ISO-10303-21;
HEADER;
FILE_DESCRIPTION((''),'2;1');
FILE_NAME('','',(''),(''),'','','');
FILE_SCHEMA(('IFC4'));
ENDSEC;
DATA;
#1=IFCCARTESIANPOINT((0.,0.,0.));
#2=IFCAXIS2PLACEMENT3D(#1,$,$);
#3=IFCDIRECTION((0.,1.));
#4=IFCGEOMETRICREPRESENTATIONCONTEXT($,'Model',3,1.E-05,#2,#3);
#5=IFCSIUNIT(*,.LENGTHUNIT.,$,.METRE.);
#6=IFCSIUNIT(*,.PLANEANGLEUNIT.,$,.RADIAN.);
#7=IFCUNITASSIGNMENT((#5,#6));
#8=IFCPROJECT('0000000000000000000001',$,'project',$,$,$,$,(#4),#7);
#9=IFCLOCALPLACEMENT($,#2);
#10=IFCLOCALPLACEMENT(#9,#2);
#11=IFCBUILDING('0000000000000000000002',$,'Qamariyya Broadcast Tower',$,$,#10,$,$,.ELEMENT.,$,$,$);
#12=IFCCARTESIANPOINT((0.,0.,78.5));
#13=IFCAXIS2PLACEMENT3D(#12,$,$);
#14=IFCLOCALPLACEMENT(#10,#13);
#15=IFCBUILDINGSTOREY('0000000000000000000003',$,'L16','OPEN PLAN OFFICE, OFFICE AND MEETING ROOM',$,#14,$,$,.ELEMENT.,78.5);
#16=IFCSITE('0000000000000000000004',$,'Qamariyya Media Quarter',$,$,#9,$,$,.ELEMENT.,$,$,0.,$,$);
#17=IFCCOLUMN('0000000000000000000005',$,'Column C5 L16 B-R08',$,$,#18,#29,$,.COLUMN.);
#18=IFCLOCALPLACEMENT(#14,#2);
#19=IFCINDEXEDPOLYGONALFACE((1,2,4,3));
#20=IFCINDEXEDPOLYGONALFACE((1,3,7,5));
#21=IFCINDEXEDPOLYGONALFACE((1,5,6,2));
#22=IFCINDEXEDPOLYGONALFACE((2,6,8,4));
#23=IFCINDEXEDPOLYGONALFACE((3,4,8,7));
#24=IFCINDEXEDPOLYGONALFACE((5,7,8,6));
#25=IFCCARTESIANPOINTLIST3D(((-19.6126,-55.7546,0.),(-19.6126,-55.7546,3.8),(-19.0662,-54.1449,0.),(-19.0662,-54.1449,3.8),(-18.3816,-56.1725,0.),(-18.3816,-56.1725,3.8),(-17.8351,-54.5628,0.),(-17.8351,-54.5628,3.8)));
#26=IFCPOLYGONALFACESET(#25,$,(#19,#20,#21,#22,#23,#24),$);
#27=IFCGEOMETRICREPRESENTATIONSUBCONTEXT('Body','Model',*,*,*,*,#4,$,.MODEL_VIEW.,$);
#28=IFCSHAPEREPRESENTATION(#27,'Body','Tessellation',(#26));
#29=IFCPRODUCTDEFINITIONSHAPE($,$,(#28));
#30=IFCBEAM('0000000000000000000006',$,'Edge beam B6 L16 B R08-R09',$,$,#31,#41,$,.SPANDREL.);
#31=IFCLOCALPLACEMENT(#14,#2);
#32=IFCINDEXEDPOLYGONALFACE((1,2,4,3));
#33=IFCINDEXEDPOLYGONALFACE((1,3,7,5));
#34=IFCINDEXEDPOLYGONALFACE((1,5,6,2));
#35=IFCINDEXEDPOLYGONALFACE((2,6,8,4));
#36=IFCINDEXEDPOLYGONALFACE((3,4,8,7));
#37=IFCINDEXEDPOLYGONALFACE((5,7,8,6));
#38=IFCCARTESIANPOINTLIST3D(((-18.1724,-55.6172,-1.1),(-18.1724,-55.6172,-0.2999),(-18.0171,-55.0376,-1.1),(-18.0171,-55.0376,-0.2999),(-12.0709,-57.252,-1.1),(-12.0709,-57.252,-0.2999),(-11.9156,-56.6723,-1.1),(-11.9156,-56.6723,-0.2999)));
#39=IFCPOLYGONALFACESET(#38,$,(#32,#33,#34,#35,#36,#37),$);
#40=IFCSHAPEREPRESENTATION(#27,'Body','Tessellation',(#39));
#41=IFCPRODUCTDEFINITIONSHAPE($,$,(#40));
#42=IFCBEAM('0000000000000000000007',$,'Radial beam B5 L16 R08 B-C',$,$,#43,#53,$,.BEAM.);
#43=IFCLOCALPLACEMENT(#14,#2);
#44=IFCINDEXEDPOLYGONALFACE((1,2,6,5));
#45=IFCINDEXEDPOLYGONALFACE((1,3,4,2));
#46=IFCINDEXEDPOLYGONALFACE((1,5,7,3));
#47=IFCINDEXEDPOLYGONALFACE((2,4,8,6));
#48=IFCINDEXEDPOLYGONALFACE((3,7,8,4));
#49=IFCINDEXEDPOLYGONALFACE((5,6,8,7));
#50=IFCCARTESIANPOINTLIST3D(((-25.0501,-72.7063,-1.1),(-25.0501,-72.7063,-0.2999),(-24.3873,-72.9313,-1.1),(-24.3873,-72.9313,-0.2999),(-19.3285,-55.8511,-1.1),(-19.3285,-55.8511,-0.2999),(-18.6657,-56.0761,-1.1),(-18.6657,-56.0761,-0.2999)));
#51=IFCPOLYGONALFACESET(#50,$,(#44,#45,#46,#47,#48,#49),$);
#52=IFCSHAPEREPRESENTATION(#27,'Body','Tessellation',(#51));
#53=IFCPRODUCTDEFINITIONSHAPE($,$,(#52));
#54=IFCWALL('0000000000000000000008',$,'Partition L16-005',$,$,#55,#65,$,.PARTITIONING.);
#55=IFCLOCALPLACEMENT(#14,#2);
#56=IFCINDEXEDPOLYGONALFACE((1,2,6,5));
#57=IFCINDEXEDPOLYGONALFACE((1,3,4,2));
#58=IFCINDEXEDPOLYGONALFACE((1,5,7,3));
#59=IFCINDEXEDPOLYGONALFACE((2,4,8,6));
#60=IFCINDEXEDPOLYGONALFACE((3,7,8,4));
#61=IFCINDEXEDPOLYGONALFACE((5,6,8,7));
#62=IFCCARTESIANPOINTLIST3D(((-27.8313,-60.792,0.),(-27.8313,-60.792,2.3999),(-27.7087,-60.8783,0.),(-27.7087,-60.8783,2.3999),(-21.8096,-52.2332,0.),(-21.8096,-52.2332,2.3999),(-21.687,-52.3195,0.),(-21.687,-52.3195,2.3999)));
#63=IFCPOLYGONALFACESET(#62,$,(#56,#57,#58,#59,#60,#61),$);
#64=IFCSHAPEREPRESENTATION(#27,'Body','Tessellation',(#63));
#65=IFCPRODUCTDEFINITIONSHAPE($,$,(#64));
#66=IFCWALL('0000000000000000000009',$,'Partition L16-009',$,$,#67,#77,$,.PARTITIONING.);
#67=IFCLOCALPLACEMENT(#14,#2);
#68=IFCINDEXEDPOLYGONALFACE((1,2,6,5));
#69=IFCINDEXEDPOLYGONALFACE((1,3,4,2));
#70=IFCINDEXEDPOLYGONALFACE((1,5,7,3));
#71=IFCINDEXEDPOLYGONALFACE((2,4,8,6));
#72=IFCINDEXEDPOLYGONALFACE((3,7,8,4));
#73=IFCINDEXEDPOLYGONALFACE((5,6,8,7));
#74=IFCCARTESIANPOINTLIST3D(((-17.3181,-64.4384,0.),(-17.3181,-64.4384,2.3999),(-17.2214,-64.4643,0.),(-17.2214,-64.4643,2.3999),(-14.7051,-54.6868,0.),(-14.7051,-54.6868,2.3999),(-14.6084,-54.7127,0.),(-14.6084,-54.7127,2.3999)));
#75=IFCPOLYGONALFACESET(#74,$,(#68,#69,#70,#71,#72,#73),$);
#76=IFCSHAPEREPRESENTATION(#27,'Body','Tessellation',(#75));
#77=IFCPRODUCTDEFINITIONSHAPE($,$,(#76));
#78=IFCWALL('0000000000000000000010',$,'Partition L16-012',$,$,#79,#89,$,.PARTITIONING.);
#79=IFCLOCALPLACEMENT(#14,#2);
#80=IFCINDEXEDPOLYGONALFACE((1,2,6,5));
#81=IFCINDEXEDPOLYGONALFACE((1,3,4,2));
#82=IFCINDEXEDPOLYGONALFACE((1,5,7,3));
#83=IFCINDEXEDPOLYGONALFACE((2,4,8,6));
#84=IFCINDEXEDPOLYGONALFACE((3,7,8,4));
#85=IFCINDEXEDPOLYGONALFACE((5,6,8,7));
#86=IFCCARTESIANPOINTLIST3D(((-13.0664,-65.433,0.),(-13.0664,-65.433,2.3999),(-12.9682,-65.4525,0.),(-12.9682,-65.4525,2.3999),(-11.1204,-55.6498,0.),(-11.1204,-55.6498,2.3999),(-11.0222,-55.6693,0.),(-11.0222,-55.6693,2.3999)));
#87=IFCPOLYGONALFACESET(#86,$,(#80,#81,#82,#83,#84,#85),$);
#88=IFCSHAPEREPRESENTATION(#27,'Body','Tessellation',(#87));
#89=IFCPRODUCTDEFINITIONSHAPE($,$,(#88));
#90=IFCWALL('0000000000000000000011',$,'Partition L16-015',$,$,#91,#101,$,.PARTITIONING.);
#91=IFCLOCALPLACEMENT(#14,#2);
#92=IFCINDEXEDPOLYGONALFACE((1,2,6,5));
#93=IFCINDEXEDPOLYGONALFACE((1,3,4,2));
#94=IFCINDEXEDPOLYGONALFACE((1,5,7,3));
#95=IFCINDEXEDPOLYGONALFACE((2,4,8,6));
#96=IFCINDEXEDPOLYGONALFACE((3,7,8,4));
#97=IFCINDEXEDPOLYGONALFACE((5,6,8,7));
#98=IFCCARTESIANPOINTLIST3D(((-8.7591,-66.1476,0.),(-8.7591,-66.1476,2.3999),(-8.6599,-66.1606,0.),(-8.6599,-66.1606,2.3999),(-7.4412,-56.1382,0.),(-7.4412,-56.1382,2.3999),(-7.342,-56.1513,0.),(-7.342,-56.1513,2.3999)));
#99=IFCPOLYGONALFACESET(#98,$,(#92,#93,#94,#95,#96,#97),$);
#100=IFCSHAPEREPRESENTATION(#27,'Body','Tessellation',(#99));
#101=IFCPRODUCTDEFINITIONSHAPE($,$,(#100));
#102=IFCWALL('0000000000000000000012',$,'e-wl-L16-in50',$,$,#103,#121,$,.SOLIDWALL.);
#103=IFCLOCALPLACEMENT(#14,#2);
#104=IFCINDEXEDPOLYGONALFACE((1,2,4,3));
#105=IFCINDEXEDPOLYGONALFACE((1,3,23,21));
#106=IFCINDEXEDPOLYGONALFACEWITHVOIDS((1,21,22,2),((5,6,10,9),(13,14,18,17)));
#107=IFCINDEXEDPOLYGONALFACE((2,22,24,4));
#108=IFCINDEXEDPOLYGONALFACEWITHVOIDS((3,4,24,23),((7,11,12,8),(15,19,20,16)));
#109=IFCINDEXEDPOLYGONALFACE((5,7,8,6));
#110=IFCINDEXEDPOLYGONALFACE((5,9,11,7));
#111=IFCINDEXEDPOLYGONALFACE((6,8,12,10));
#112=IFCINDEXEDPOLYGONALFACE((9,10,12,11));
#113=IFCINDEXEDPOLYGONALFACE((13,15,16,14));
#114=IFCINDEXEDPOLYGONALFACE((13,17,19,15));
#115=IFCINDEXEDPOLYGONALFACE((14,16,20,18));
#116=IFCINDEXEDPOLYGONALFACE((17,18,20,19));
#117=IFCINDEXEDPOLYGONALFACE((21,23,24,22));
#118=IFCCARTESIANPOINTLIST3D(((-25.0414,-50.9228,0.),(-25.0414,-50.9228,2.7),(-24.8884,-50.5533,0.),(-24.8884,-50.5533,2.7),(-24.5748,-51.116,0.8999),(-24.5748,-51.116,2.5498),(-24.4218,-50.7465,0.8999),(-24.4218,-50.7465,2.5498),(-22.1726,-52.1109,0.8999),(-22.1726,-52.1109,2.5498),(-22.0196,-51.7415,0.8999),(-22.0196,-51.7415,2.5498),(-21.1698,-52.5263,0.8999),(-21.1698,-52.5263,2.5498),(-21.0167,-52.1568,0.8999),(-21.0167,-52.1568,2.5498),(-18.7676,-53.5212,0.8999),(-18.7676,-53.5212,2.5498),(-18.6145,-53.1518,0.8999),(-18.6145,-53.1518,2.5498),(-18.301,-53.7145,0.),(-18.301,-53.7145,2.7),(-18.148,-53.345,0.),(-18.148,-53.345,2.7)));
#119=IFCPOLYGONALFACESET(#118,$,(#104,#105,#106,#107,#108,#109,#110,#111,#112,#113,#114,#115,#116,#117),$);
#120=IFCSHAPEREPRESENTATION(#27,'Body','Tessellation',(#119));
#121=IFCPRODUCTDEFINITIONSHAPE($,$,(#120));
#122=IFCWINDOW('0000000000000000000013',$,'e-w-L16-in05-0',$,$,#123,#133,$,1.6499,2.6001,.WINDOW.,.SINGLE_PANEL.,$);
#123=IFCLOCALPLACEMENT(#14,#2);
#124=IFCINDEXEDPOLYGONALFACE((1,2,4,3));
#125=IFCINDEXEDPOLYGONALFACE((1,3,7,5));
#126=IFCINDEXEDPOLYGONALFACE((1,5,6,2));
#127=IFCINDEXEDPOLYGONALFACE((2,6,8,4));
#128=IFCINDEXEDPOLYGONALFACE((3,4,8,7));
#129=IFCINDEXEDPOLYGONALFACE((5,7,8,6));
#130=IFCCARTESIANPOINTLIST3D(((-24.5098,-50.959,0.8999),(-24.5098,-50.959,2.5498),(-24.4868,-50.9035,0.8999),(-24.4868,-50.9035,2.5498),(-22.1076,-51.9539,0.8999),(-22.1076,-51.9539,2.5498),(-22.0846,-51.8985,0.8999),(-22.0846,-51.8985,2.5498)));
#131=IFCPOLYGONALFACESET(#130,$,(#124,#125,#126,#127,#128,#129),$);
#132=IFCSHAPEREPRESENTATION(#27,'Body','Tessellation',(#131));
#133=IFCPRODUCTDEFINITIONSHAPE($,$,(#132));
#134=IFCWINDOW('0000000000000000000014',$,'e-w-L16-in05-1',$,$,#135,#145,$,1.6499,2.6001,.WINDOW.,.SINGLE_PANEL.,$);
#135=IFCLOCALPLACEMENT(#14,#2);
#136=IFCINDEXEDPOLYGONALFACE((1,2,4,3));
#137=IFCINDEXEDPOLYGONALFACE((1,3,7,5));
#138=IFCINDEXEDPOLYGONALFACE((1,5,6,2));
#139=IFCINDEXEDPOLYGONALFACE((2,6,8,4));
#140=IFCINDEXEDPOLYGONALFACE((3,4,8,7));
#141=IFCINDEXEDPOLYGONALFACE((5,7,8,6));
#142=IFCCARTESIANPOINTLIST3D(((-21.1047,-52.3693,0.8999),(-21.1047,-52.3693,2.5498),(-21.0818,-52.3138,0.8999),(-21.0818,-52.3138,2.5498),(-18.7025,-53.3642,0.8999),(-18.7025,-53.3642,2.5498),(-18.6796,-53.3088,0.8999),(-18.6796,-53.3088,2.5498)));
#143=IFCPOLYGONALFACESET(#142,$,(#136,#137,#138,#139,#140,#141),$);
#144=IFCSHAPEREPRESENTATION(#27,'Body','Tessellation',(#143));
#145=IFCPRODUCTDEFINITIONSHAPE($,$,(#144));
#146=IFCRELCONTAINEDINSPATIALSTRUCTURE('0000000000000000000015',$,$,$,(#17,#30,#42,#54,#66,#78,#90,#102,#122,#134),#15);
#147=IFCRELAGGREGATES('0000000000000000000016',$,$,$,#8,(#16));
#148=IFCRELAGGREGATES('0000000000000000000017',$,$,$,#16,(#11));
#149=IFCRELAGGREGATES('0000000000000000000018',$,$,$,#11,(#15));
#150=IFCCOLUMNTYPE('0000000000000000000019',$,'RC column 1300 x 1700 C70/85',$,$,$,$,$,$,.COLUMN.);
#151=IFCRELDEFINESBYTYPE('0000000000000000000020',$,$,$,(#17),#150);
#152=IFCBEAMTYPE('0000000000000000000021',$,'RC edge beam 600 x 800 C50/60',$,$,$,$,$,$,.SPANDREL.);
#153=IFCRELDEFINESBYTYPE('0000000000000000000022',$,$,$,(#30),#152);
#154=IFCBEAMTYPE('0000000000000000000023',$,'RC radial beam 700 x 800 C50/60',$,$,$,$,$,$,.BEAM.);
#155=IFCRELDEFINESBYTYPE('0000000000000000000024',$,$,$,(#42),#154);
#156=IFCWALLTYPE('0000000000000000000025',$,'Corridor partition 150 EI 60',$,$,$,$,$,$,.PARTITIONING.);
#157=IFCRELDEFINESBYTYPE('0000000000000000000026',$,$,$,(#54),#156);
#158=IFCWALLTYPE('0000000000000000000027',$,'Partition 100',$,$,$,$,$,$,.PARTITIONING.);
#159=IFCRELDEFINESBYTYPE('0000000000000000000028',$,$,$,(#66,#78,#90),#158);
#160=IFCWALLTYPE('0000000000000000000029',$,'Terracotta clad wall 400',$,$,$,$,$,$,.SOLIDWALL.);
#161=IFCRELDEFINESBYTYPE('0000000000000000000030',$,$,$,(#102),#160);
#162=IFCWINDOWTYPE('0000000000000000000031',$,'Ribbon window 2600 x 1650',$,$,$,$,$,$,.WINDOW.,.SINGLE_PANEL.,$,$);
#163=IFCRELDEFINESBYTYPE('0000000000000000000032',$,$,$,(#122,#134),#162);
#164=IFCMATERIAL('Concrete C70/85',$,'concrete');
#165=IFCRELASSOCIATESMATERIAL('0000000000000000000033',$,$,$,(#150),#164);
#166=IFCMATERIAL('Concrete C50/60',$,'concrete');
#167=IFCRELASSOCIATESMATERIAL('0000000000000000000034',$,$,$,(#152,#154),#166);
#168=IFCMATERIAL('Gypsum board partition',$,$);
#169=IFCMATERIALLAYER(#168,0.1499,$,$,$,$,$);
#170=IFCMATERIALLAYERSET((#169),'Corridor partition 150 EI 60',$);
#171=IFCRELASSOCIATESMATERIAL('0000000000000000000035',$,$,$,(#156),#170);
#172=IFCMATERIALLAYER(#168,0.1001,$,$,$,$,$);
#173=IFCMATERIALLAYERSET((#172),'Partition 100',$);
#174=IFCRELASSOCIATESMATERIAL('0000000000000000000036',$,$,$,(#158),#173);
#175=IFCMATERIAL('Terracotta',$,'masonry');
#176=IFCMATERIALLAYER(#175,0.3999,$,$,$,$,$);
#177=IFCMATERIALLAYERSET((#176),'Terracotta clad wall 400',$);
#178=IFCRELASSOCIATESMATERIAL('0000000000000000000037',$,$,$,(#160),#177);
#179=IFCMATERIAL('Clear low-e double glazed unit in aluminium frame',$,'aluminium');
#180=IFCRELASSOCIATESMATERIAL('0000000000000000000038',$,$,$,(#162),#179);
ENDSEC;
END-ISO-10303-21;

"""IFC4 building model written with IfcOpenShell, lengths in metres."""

from ifc_helpers import new_model, si_unit, direction, frame, frame_2d, origin, origin_2d, place, context, subcontext, project, spatial, rectangle, extrude, material, layer, layer_set, material_profile, profile_set, type_object, element, fill, save


model = new_model("IFC4")

# Units and contexts
model_context = context("Model", 3, precision=1e-05, world=origin(), true_north=direction((0.0, 1.0)))
body_context = subcontext(model_context, "Body", "Model", "MODEL_VIEW")
ifc_project = project(units=[si_unit("LENGTHUNIT", "METRE"), si_unit("PLANEANGLEUNIT", "RADIAN")], contexts=[model_context])

# Site, building, storey
site_placement = place(None, origin())
site = spatial("IfcSite", under=ifc_project, at=site_placement, Name="Qamariyya Media Quarter", CompositionType="ELEMENT", RefElevation=0.0)
building_placement = place(site_placement, origin())
building = spatial("IfcBuilding", under=site, at=building_placement, Name="Qamariyya Broadcast Tower", CompositionType="ELEMENT")
storey_placement = place(building_placement, frame((0.0, 0.0, 78.5)))
storey = spatial("IfcBuildingStorey", under=building, at=storey_placement, Name="L16", Description="OPEN PLAN OFFICE, OFFICE AND MEETING ROOM", CompositionType="ELEMENT", Elevation=78.5)

# Column
ifc_material_1 = material(Name="Concrete C70/85", Category="concrete")
ifc_material_profile_1 = material_profile(ifc_material_1, rectangle(XDim=1.3, YDim=1.7, at=origin_2d()))
ifc_profile_set_1 = profile_set([ifc_material_profile_1], Name="Concrete C70/85")
column_type = type_object("IfcColumnType", Name="RC column 1300 x 1700 C70/85", PredefinedType="COLUMN", material=ifc_profile_set_1)
column_placement = place(storey_placement, frame((-18.7239, -55.1587, 0.0), z_axis=(0.0, 0.0, 1.0), x_axis=(0.94693, -0.321439, 0.0)))
element("IfcColumn", 1, at=column_placement, inside=storey, type_object=column_type, Name="Column C5 L16 B-R08", PredefinedType="COLUMN", context=body_context, shape_type="SweptSolid", body=[
    extrude(rectangle(XDim=1.3, YDim=1.7, at=origin_2d()), origin(), (0.0, 0.0, 1.0), 3.8),
])

# Beams
ifc_material_2 = material(Name="Concrete C50/60", Category="concrete")
ifc_material_profile_2 = material_profile(ifc_material_2, rectangle(XDim=0.6001, YDim=0.8, at=origin_2d()))
ifc_profile_set_2 = profile_set([ifc_material_profile_2], Name="Concrete C50/60")
beam_type_1 = type_object("IfcBeamType", Name="RC edge beam 600 x 800 C50/60", PredefinedType="SPANDREL", material=ifc_profile_set_2)
beam_1_placement = place(storey_placement, frame((-18.0947, -55.3274, -0.7), z_axis=(0.965931, -0.258798, 0.0), x_axis=(0.258798, 0.965931, 0.0)))
element("IfcBeam", 2, at=beam_1_placement, inside=storey, type_object=beam_type_1, Name="Edge beam B6 L16 B R08-R09", PredefinedType="SPANDREL", context=body_context, shape_type="SweptSolid", body=[
    extrude(rectangle(XDim=0.6001, YDim=0.8, at=origin_2d()), origin(), (0.0, 0.0, 1.0), 6.3167),
])
ifc_material_profile_3 = material_profile(ifc_material_2, rectangle(XDim=0.7, YDim=0.8, at=origin_2d()))
ifc_profile_set_3 = profile_set([ifc_material_profile_3], Name="Concrete C50/60")
beam_type_2 = type_object("IfcBeamType", Name="RC radial beam 700 x 800 C50/60", PredefinedType="BEAM", material=ifc_profile_set_3)
beam_2_placement = place(storey_placement, frame((-18.9971, -55.9636, -0.7), z_axis=(-0.321445, -0.946928, 0.0), x_axis=(0.946928, -0.321445, 0.0)))
element("IfcBeam", 3, at=beam_2_placement, inside=storey, type_object=beam_type_2, Name="Radial beam B5 L16 R08 B-C", PredefinedType="BEAM", context=body_context, shape_type="SweptSolid", body=[
    extrude(rectangle(XDim=0.7, YDim=0.8, at=origin_2d()), origin(), (0.0, 0.0, 1.0), 17.7998),
])

# Walls
ifc_material_3 = material(Name="Gypsum board partition")
ifc_layer_1 = layer(ifc_material_3, 0.1499)
ifc_layer_set_1 = layer_set([ifc_layer_1], Name="Corridor partition 150 EI 60")
wall_type_1 = type_object("IfcWallType", Name="Corridor partition 150 EI 60", PredefinedType="PARTITIONING", material=ifc_layer_set_1)
wall_1_placement = place(storey_placement, frame((-21.7483, -52.2764, 0.0), z_axis=(0.0, 0.0, 1.0), x_axis=(-0.575419, -0.817858, 0.0)))
element("IfcWall", 4, at=wall_1_placement, inside=storey, type_object=wall_type_1, Name="Partition L16-005", PredefinedType="PARTITIONING", context=body_context, shape_type="SweptSolid", body=[
    extrude(rectangle(XDim=10.4648, YDim=0.1499, at=frame_2d((5.2324, 0.0))), origin(), (0.0, 0.0, 1.0), 2.3999),
])
ifc_layer_2 = layer(ifc_material_3, 0.1001)
ifc_layer_set_2 = layer_set([ifc_layer_2], Name="Partition 100")
wall_type_2 = type_object("IfcWallType", Name="Partition 100", PredefinedType="PARTITIONING", material=ifc_layer_set_2)
wall_2_placement = place(storey_placement, frame((-14.6567, -54.6997, 0.0), z_axis=(0.0, 0.0, 1.0), x_axis=(-0.258826, -0.965924, 0.0)))
element("IfcWall", 5, at=wall_2_placement, inside=storey, type_object=wall_type_2, Name="Partition L16-009", PredefinedType="PARTITIONING", context=body_context, shape_type="SweptSolid", body=[
    extrude(rectangle(XDim=10.0957, YDim=0.1001, at=frame_2d((5.0479, 0.0))), origin(), (0.0, 0.0, 1.0), 2.3999),
])
wall_3_placement = place(storey_placement, frame((-11.0713, -55.6597, 0.0), z_axis=(0.0, 0.0, 1.0), x_axis=(-0.195095, -0.980784, 0.0)))
element("IfcWall", 6, at=wall_3_placement, inside=storey, type_object=wall_type_2, Name="Partition L16-012", PredefinedType="PARTITIONING", context=body_context, shape_type="SweptSolid", body=[
    extrude(rectangle(XDim=9.9749, YDim=0.1001, at=frame_2d((4.9873, 0.0))), origin(), (0.0, 0.0, 1.0), 2.3999),
])
wall_4_placement = place(storey_placement, frame((-7.3916, -56.1448, 0.0), z_axis=(0.0, 0.0, 1.0), x_axis=(-0.130538, -0.991443, 0.0)))
element("IfcWall", 7, at=wall_4_placement, inside=storey, type_object=wall_type_2, Name="Partition L16-015", PredefinedType="PARTITIONING", context=body_context, shape_type="SweptSolid", body=[
    extrude(rectangle(XDim=10.0957, YDim=0.1001, at=frame_2d((5.0479, 0.0))), origin(), (0.0, 0.0, 1.0), 2.3999),
])

# Wall, openings, windows
ifc_material_4 = material(Name="Terracotta", Category="masonry")
ifc_layer_3 = layer(ifc_material_4, 0.3999)
ifc_layer_set_3 = layer_set([ifc_layer_3], Name="Terracotta clad wall 400")
wall_type_3 = type_object("IfcWallType", Name="Terracotta clad wall 400", PredefinedType="SOLIDWALL", material=ifc_layer_set_3)
wall_5_placement = place(storey_placement, frame((-18.2244, -53.5298, 0.0), z_axis=(0.0, 0.0, 1.0), x_axis=(-0.923892, 0.382654, 0.0)))
wall_5 = element("IfcWall", 8, at=wall_5_placement, inside=storey, type_object=wall_type_3, Name="e-wl-L16-in50", PredefinedType="SOLIDWALL", context=body_context, shape_type="SweptSolid", body=[
    extrude(rectangle(XDim=7.2957, YDim=0.3999, at=frame_2d((3.6479, 0.0))), origin(), (0.0, 0.0, 1.0), 2.7),
])
opening_1_placement = place(wall_5_placement, frame((4.1907, 0.0, 0.8999)))
opening_1 = element("IfcOpeningElement", 9, at=opening_1_placement, cuts=wall_5, PredefinedType="OPENING", context=body_context, shape_type="SweptSolid", body=[
    extrude(rectangle(XDim=2.6001, YDim=1.6499, at=frame_2d((1.3, 0.825))), frame((0.0, 0.21, 0.0), z_axis=(0.0, -1.0, 0.0), x_axis=(1.0, 0.0, 0.0)), (0.0, 0.0, 1.0), 0.4199),
])
opening_2_placement = place(wall_5_placement, frame((0.5051, 0.0, 0.8999)))
opening_2 = element("IfcOpeningElement", 10, at=opening_2_placement, cuts=wall_5, PredefinedType="OPENING", context=body_context, shape_type="SweptSolid", body=[
    extrude(rectangle(XDim=2.6001, YDim=1.6499, at=frame_2d((1.3, 0.825))), frame((0.0, 0.21, 0.0), z_axis=(0.0, -1.0, 0.0), x_axis=(1.0, 0.0, 0.0)), (0.0, 0.0, 1.0), 0.4199),
])
ifc_material_5 = material(Name="Clear low-e double glazed unit in aluminium frame", Category="aluminium")
window_type = type_object("IfcWindowType", Name="Ribbon window 2600 x 1650", PartitioningType="SINGLE_PANEL", PredefinedType="WINDOW", material=ifc_material_5)
window_1_placement = place(opening_1_placement, origin())
window_1 = element("IfcWindow", 11, at=window_1_placement, inside=storey, type_object=window_type, Name="e-w-L16-in05-0", OverallHeight=1.6499, OverallWidth=2.6001, PartitioningType="SINGLE_PANEL", PredefinedType="WINDOW", context=body_context, shape_type="SweptSolid", body=[
    extrude(rectangle(XDim=2.6001, YDim=1.6499, at=frame_2d((1.3, 0.825))), frame((0.0, 0.03, 0.0), z_axis=(0.0, -1.0, 0.0), x_axis=(1.0, 0.0, 0.0)), (0.0, 0.0, 1.0), 0.0601),
])
fill(opening_1, window_1)
window_2_placement = place(opening_2_placement, origin())
window_2 = element("IfcWindow", 12, at=window_2_placement, inside=storey, type_object=window_type, Name="e-w-L16-in05-1", OverallHeight=1.6499, OverallWidth=2.6001, PartitioningType="SINGLE_PANEL", PredefinedType="WINDOW", context=body_context, shape_type="SweptSolid", body=[
    extrude(rectangle(XDim=2.6001, YDim=1.6499, at=frame_2d((1.3, 0.825))), frame((0.0, 0.03, 0.0), z_axis=(0.0, -1.0, 0.0), x_axis=(1.0, 0.0, 0.0)), (0.0, 0.0, 1.0), 0.0601),
])
fill(opening_2, window_2)

save(model, "model.ifc")
